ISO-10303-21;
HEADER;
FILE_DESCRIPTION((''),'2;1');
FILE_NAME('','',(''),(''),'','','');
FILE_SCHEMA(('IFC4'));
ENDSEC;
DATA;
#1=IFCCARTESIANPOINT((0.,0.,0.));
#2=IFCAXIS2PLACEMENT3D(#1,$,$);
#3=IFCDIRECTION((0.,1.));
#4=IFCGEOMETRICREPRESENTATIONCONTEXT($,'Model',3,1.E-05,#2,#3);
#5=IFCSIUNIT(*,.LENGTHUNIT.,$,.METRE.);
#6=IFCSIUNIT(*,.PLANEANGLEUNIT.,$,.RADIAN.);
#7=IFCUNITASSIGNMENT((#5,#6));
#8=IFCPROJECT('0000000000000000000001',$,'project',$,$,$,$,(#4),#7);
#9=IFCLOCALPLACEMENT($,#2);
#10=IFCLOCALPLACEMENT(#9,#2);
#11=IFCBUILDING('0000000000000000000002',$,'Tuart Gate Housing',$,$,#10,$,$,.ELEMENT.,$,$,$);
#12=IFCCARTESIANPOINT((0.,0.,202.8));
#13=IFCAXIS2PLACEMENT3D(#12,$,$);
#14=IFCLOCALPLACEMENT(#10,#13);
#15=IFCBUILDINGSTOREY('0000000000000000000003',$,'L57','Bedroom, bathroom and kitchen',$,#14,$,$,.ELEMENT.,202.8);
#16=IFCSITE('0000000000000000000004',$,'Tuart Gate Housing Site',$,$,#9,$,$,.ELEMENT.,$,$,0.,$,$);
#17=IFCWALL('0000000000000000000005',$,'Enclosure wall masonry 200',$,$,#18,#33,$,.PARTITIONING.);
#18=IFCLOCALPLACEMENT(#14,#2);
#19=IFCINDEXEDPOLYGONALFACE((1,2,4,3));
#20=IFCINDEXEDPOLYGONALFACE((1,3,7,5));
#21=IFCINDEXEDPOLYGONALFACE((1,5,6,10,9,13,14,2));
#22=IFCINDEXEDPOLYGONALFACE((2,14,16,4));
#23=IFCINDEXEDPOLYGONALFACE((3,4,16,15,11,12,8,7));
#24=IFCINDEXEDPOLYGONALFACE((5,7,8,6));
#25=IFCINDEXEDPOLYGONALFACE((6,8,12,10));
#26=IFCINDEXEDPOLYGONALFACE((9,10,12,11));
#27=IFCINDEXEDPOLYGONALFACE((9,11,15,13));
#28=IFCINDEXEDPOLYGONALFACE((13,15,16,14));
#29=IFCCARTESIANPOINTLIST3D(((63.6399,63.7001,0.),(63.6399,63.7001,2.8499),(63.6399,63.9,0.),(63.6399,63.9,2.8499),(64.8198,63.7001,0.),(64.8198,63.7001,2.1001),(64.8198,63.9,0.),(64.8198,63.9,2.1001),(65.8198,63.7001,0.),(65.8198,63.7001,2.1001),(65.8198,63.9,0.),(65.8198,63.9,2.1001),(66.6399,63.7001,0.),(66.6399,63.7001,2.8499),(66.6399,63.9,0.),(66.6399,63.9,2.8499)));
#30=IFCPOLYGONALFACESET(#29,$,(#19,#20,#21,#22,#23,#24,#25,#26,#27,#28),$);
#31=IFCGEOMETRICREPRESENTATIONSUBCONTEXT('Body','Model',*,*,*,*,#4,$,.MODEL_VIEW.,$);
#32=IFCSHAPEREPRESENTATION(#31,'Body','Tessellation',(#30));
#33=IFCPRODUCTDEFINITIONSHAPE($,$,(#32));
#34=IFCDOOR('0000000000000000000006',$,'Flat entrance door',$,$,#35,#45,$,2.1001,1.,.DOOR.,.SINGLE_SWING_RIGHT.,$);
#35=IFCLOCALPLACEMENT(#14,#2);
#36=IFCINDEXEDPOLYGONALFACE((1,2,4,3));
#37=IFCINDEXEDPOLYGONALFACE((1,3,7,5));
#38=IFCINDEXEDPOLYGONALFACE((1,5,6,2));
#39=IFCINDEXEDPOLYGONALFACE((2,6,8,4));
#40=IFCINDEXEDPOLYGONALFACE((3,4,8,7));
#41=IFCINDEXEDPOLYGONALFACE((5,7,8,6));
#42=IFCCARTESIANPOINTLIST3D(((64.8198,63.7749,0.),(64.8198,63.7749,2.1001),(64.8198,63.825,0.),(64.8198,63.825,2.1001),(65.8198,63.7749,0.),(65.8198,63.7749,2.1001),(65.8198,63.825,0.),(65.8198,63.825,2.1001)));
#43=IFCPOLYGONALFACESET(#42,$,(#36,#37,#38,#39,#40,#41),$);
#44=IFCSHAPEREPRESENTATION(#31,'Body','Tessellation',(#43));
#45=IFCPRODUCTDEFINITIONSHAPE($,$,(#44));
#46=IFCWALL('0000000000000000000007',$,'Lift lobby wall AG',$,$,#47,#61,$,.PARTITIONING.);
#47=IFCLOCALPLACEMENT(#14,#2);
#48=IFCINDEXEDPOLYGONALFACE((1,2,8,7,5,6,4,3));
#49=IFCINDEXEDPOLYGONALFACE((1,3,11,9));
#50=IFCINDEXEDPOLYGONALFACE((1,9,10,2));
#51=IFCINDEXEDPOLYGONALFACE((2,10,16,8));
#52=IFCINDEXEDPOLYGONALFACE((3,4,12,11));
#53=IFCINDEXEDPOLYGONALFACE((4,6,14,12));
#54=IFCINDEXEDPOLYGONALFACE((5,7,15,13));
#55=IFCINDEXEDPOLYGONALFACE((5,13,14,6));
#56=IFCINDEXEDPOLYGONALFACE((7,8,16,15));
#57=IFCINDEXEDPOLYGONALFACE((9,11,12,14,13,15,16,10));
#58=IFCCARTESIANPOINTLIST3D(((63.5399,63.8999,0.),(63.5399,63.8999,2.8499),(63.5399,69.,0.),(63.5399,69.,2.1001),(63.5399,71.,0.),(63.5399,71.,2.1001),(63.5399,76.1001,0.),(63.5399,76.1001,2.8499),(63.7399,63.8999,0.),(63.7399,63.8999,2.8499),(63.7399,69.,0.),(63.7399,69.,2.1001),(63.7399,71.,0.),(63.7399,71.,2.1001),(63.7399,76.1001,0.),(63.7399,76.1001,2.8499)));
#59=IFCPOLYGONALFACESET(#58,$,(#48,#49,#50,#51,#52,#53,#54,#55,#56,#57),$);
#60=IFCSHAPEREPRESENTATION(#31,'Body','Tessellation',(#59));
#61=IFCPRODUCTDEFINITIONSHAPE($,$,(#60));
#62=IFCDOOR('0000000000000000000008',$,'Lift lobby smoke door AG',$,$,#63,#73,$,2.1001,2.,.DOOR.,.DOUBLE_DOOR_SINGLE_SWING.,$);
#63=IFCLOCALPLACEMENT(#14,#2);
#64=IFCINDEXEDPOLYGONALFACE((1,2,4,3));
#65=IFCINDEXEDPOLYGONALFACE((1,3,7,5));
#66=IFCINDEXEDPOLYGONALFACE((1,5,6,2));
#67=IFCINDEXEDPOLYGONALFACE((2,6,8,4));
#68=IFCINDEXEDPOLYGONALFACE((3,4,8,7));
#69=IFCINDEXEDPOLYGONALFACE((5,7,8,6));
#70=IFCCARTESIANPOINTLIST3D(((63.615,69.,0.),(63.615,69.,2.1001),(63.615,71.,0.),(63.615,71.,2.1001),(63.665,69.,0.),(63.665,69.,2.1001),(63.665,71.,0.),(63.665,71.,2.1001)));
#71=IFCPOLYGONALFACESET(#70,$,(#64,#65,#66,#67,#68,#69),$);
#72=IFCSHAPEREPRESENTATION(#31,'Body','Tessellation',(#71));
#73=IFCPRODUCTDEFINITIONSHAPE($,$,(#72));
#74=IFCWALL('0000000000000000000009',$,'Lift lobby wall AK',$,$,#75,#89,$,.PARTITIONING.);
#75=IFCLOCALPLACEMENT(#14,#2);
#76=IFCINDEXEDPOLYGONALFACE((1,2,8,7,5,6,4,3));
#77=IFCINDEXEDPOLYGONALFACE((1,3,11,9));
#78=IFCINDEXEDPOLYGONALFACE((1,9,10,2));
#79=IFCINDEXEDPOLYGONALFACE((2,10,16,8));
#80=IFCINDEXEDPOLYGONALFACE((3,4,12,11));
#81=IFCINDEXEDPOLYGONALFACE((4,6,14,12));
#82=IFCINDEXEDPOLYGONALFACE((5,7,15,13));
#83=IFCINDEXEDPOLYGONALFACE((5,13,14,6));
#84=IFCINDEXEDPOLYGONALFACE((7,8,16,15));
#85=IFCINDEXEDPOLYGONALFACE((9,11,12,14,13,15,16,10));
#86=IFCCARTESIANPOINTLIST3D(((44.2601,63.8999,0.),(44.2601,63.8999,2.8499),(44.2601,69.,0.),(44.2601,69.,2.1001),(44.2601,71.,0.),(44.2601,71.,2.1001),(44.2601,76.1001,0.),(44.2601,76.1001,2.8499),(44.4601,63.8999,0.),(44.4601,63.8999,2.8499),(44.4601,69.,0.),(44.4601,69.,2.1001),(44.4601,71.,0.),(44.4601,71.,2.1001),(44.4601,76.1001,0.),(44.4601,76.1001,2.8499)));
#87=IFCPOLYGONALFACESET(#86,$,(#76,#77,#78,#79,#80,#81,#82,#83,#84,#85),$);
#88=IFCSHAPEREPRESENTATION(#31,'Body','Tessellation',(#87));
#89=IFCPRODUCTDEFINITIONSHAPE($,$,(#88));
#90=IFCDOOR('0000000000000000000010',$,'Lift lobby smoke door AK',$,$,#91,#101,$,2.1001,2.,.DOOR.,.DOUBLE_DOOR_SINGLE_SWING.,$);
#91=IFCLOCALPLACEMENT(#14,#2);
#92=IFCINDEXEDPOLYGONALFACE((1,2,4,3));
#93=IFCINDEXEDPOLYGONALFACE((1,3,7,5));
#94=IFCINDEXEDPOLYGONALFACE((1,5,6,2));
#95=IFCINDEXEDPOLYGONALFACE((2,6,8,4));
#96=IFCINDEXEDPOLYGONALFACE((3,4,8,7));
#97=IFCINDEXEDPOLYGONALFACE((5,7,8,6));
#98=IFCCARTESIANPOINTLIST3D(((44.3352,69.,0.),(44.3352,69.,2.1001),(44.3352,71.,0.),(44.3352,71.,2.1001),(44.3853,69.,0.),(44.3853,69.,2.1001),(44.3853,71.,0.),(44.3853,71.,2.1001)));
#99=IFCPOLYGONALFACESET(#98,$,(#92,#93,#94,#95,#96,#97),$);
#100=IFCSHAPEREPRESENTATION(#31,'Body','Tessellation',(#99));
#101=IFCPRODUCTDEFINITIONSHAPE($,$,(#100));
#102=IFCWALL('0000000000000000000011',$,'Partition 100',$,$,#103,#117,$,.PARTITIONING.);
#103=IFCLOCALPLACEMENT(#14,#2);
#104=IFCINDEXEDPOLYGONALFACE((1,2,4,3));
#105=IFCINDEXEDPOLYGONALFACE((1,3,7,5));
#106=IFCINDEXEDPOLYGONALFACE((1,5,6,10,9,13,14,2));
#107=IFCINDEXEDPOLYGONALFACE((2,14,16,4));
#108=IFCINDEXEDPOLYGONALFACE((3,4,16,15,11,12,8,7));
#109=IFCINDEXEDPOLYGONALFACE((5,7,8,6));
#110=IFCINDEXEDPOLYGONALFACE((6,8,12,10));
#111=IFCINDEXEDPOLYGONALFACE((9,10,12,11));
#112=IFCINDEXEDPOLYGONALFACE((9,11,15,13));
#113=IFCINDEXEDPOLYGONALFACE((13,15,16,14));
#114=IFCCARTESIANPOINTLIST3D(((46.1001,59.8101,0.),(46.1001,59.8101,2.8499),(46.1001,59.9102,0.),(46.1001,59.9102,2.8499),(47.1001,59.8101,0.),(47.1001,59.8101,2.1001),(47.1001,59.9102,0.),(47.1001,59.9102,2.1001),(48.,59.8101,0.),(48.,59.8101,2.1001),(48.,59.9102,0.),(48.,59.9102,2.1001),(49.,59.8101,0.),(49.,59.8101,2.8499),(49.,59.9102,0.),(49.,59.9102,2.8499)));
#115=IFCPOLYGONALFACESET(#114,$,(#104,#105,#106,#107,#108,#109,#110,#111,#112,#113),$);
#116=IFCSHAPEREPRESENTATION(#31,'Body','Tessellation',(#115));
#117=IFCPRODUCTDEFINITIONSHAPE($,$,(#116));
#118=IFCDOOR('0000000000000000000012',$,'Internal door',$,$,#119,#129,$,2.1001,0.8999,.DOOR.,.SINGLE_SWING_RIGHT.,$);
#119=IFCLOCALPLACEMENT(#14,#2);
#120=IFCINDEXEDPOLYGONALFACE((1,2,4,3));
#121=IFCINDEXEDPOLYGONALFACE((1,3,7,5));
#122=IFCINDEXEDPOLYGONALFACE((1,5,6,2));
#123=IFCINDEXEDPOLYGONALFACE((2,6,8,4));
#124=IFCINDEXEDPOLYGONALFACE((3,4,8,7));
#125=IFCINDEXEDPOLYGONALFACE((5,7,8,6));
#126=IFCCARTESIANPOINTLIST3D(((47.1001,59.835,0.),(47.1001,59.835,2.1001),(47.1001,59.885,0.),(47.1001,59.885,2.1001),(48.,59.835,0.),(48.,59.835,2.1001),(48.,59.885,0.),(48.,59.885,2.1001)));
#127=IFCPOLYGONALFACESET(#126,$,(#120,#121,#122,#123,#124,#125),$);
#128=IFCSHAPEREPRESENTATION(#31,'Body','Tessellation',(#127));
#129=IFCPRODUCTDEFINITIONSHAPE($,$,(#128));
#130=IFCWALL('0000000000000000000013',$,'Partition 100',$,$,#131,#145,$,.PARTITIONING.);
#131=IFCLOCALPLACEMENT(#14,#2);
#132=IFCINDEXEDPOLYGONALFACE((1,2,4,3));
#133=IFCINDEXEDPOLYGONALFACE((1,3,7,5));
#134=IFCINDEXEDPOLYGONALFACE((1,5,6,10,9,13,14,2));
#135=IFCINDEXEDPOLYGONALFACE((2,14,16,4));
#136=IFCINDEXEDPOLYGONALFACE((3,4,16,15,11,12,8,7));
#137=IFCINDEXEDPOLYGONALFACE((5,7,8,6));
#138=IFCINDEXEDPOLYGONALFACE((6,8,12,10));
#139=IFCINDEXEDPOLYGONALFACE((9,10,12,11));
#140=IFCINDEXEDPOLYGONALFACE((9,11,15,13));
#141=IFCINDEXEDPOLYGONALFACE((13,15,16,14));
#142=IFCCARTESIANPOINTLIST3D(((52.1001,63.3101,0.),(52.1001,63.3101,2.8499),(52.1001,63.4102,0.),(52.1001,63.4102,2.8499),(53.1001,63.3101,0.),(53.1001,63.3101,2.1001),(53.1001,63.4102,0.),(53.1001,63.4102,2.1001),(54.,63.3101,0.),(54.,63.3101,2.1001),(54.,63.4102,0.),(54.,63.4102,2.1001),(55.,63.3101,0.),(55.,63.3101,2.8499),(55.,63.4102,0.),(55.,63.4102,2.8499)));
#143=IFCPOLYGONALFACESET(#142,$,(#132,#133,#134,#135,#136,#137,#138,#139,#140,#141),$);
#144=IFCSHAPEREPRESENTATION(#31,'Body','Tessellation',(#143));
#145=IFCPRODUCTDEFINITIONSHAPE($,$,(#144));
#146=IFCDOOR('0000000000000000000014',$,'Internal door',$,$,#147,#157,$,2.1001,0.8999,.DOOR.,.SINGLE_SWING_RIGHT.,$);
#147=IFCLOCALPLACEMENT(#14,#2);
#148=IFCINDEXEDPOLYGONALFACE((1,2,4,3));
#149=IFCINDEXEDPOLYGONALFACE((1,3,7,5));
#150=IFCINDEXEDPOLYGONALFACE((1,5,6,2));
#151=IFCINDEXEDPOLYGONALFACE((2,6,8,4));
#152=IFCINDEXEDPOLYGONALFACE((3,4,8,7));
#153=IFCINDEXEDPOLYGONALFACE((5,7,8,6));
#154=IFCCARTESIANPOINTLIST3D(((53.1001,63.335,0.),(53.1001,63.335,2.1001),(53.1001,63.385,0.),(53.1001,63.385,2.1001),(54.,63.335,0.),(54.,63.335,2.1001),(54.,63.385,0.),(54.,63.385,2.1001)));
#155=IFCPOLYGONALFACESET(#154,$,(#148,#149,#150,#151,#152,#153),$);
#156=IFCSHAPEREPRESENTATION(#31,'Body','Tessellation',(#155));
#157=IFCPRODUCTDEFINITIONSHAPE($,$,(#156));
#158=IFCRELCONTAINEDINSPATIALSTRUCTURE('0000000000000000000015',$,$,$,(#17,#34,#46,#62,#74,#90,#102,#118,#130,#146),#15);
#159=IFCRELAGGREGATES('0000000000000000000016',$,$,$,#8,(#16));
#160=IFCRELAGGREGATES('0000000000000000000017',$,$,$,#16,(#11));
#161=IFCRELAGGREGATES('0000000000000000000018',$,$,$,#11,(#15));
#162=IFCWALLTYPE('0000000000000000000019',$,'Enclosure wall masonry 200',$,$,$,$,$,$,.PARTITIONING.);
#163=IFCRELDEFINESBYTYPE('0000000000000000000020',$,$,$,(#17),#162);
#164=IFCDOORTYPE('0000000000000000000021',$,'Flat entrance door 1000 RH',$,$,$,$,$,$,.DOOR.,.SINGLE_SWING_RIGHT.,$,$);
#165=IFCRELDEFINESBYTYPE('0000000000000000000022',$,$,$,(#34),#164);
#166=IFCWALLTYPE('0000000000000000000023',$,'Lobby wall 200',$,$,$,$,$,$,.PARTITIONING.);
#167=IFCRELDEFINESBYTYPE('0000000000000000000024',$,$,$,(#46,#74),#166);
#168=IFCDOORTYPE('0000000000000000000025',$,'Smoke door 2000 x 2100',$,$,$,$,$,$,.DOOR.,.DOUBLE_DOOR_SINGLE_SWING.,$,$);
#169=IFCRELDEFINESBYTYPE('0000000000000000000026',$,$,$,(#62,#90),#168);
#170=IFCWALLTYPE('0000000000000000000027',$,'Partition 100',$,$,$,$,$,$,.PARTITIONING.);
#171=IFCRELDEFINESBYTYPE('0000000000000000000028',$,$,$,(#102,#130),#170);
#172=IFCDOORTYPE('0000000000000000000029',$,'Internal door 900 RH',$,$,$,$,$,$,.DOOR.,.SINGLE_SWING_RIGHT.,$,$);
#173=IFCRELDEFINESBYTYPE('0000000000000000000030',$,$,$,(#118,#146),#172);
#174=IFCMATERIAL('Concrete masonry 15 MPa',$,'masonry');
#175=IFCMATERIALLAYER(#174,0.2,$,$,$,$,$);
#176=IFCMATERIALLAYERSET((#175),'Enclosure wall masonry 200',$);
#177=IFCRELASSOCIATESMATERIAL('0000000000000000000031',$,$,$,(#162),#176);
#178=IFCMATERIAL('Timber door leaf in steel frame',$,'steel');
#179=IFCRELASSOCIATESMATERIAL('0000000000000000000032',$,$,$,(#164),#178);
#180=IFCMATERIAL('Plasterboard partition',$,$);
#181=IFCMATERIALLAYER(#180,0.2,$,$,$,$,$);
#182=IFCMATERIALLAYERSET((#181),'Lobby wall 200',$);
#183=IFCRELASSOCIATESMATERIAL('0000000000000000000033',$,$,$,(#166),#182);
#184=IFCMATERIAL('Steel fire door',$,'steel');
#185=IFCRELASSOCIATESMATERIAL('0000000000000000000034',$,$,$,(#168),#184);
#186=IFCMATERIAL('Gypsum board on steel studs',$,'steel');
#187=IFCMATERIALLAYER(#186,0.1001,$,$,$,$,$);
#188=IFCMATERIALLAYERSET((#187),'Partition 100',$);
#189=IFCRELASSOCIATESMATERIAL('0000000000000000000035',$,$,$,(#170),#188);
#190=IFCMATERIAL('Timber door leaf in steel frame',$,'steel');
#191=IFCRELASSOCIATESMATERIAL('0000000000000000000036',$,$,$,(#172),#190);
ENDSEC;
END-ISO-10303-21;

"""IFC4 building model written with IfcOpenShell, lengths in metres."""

from ifc_helpers import new_model, si_unit, direction, frame, frame_2d, origin, place, context, subcontext, project, spatial, rectangle, extrude, material, layer, layer_set, type_object, element, fill, save


model = new_model("IFC4")

# Units and contexts
model_context = context("Model", 3, precision=1e-05, world=origin(), true_north=direction((0.0, 1.0)))
body_context = subcontext(model_context, "Body", "Model", "MODEL_VIEW")
ifc_project = project(units=[si_unit("LENGTHUNIT", "METRE"), si_unit("PLANEANGLEUNIT", "RADIAN")], contexts=[model_context])

# Site, building, storey
site_placement = place(None, origin())
site = spatial("IfcSite", under=ifc_project, at=site_placement, Name="Tuart Gate Housing Site", CompositionType="ELEMENT", RefElevation=0.0)
building_placement = place(site_placement, origin())
building = spatial("IfcBuilding", under=site, at=building_placement, Name="Tuart Gate Housing", CompositionType="ELEMENT")
storey_placement = place(building_placement, frame((0.0, 0.0, 202.8)))
storey = spatial("IfcBuildingStorey", under=building, at=storey_placement, Name="L57", Description="Bedroom, bathroom and kitchen", CompositionType="ELEMENT", Elevation=202.8)

# Walls, openings, doors
ifc_material_1 = material(Name="Concrete masonry 15 MPa", Category="masonry")
ifc_layer_1 = layer(ifc_material_1, 0.2)
ifc_layer_set_1 = layer_set([ifc_layer_1], Name="Enclosure wall masonry 200")
wall_type_1 = type_object("IfcWallType", Name="Enclosure wall masonry 200", PredefinedType="PARTITIONING", material=ifc_layer_set_1)
wall_1_placement = place(storey_placement, frame((63.6399, 63.8, 0.0), z_axis=(0.0, 0.0, 1.0), x_axis=(1.0, 0.0, 0.0)))
wall_1 = element("IfcWall", 1, at=wall_1_placement, inside=storey, type_object=wall_type_1, Name="Enclosure wall masonry 200", PredefinedType="PARTITIONING", context=body_context, shape_type="SweptSolid", body=[
    extrude(rectangle(XDim=3.0, YDim=0.2, at=frame_2d((1.5, 0.0))), origin(), (0.0, 0.0, 1.0), 2.8499),
])
opening_1_placement = place(wall_1_placement, frame((1.1799, 0.0, 0.0)))
opening_1 = element("IfcOpeningElement", 2, at=opening_1_placement, cuts=wall_1, PredefinedType="OPENING", context=body_context, shape_type="SweptSolid", body=[
    extrude(rectangle(XDim=1.0, YDim=2.1001, at=frame_2d((0.5, 1.05))), frame((0.0, 0.1099, 0.0), z_axis=(0.0, -1.0, 0.0), x_axis=(1.0, 0.0, 0.0)), (0.0, 0.0, 1.0), 0.22),
])
ifc_material_2 = material(Name="Timber door leaf in steel frame", Category="steel")
door_type_1 = type_object("IfcDoorType", Name="Flat entrance door 1000 RH", OperationType="SINGLE_SWING_RIGHT", PredefinedType="DOOR", material=ifc_material_2)
door_1_placement = place(opening_1_placement, frame((1.0, 0.0, 0.0), z_axis=(0.0, 0.0, 1.0), x_axis=(-1.0, 0.0, 0.0)))
door_1 = element("IfcDoor", 3, at=door_1_placement, inside=storey, type_object=door_type_1, Name="Flat entrance door", OperationType="SINGLE_SWING_RIGHT", OverallHeight=2.1001, OverallWidth=1.0, PredefinedType="DOOR", context=body_context, shape_type="SweptSolid", body=[
    extrude(rectangle(XDim=1.0, YDim=2.1001, at=frame_2d((0.5, 1.05))), frame((0.0, 0.0251, 0.0), z_axis=(0.0, -1.0, 0.0), x_axis=(1.0, 0.0, 0.0)), (0.0, 0.0, 1.0), 0.05),
])
fill(opening_1, door_1)
ifc_material_3 = material(Name="Plasterboard partition")
ifc_layer_2 = layer(ifc_material_3, 0.2)
ifc_layer_set_2 = layer_set([ifc_layer_2], Name="Lobby wall 200")
wall_type_2 = type_object("IfcWallType", Name="Lobby wall 200", PredefinedType="PARTITIONING", material=ifc_layer_set_2)
wall_2_placement = place(storey_placement, frame((63.6399, 63.8999, 0.0), z_axis=(0.0, 0.0, 1.0), x_axis=(0.0, 1.0, 0.0)))
wall_2 = element("IfcWall", 4, at=wall_2_placement, inside=storey, type_object=wall_type_2, Name="Lift lobby wall AG", PredefinedType="PARTITIONING", context=body_context, shape_type="SweptSolid", body=[
    extrude(rectangle(XDim=12.2002, YDim=0.2, at=frame_2d((6.1001, 0.0))), origin(), (0.0, 0.0, 1.0), 2.8499),
])
opening_2_placement = place(wall_2_placement, frame((5.1001, 0.0, 0.0)))
opening_2 = element("IfcOpeningElement", 5, at=opening_2_placement, cuts=wall_2, PredefinedType="OPENING", context=body_context, shape_type="SweptSolid", body=[
    extrude(rectangle(XDim=2.0, YDim=2.1001, at=frame_2d((1.0, 1.05))), frame((0.0, 0.1099, 0.0), z_axis=(0.0, -1.0, 0.0), x_axis=(1.0, 0.0, 0.0)), (0.0, 0.0, 1.0), 0.22),
])
ifc_material_4 = material(Name="Steel fire door", Category="steel")
door_type_2 = type_object("IfcDoorType", Name="Smoke door 2000 x 2100", OperationType="DOUBLE_DOOR_SINGLE_SWING", PredefinedType="DOOR", material=ifc_material_4)
door_2_placement = place(opening_2_placement, frame((2.0, 0.0, 0.0), z_axis=(0.0, 0.0, 1.0), x_axis=(-1.0, 0.0, 0.0)))
door_2 = element("IfcDoor", 6, at=door_2_placement, inside=storey, type_object=door_type_2, Name="Lift lobby smoke door AG", OperationType="DOUBLE_DOOR_SINGLE_SWING", OverallHeight=2.1001, OverallWidth=2.0, PredefinedType="DOOR", context=body_context, shape_type="SweptSolid", body=[
    extrude(rectangle(XDim=2.0, YDim=2.1001, at=frame_2d((1.0, 1.05))), frame((0.0, 0.0251, 0.0), z_axis=(0.0, -1.0, 0.0), x_axis=(1.0, 0.0, 0.0)), (0.0, 0.0, 1.0), 0.05),
])
fill(opening_2, door_2)
wall_3_placement = place(storey_placement, frame((44.3601, 63.8999, 0.0), z_axis=(0.0, 0.0, 1.0), x_axis=(0.0, 1.0, 0.0)))
wall_3 = element("IfcWall", 7, at=wall_3_placement, inside=storey, type_object=wall_type_2, Name="Lift lobby wall AK", PredefinedType="PARTITIONING", context=body_context, shape_type="SweptSolid", body=[
    extrude(rectangle(XDim=12.2002, YDim=0.2, at=frame_2d((6.1001, 0.0))), origin(), (0.0, 0.0, 1.0), 2.8499),
])
opening_3_placement = place(wall_3_placement, frame((5.1001, 0.0, 0.0)))
opening_3 = element("IfcOpeningElement", 8, at=opening_3_placement, cuts=wall_3, PredefinedType="OPENING", context=body_context, shape_type="SweptSolid", body=[
    extrude(rectangle(XDim=2.0, YDim=2.1001, at=frame_2d((1.0, 1.05))), frame((0.0, 0.1099, 0.0), z_axis=(0.0, -1.0, 0.0), x_axis=(1.0, 0.0, 0.0)), (0.0, 0.0, 1.0), 0.22),
])
door_3_placement = place(opening_3_placement, origin())
door_3 = element("IfcDoor", 9, at=door_3_placement, inside=storey, type_object=door_type_2, Name="Lift lobby smoke door AK", OperationType="DOUBLE_DOOR_SINGLE_SWING", OverallHeight=2.1001, OverallWidth=2.0, PredefinedType="DOOR", context=body_context, shape_type="SweptSolid", body=[
    extrude(rectangle(XDim=2.0, YDim=2.1001, at=frame_2d((1.0, 1.05))), frame((0.0, 0.0249, 0.0), z_axis=(0.0, -1.0, 0.0), x_axis=(1.0, 0.0, 0.0)), (0.0, 0.0, 1.0), 0.05),
])
fill(opening_3, door_3)
ifc_material_5 = material(Name="Gypsum board on steel studs", Category="steel")
ifc_layer_3 = layer(ifc_material_5, 0.1001)
ifc_layer_set_3 = layer_set([ifc_layer_3], Name="Partition 100")
wall_type_3 = type_object("IfcWallType", Name="Partition 100", PredefinedType="PARTITIONING", material=ifc_layer_set_3)
wall_4_placement = place(storey_placement, frame((46.1001, 59.8601, 0.0), z_axis=(0.0, 0.0, 1.0), x_axis=(1.0, 0.0, 0.0)))
wall_4 = element("IfcWall", 10, at=wall_4_placement, inside=storey, type_object=wall_type_3, Name="Partition 100", PredefinedType="PARTITIONING", context=body_context, shape_type="SweptSolid", body=[
    extrude(rectangle(XDim=2.8999, YDim=0.1001, at=frame_2d((1.45, 0.0))), origin(), (0.0, 0.0, 1.0), 2.8499),
])
opening_4_placement = place(wall_4_placement, frame((1.0, 0.0, 0.0)))
opening_4 = element("IfcOpeningElement", 11, at=opening_4_placement, cuts=wall_4, PredefinedType="OPENING", context=body_context, shape_type="SweptSolid", body=[
    extrude(rectangle(XDim=0.8999, YDim=2.1001, at=frame_2d((0.45, 1.05))), frame((0.0, 0.0601, 0.0), z_axis=(0.0, -1.0, 0.0), x_axis=(1.0, 0.0, 0.0)), (0.0, 0.0, 1.0), 0.1201),
])
ifc_material_6 = material(Name="Timber door leaf in steel frame", Category="steel")
door_type_3 = type_object("IfcDoorType", Name="Internal door 900 RH", OperationType="SINGLE_SWING_RIGHT", PredefinedType="DOOR", material=ifc_material_6)
door_4_placement = place(opening_4_placement, origin())
door_4 = element("IfcDoor", 12, at=door_4_placement, inside=storey, type_object=door_type_3, Name="Internal door", OperationType="SINGLE_SWING_RIGHT", OverallHeight=2.1001, OverallWidth=0.8999, PredefinedType="DOOR", context=body_context, shape_type="SweptSolid", body=[
    extrude(rectangle(XDim=0.8999, YDim=2.1001, at=frame_2d((0.45, 1.05))), frame((0.0, 0.0249, 0.0), z_axis=(0.0, -1.0, 0.0), x_axis=(1.0, 0.0, 0.0)), (0.0, 0.0, 1.0), 0.05),
])
fill(opening_4, door_4)
wall_5_placement = place(storey_placement, frame((52.1001, 63.3601, 0.0), z_axis=(0.0, 0.0, 1.0), x_axis=(1.0, 0.0, 0.0)))
wall_5 = element("IfcWall", 13, at=wall_5_placement, inside=storey, type_object=wall_type_3, Name="Partition 100", PredefinedType="PARTITIONING", context=body_context, shape_type="SweptSolid", body=[
    extrude(rectangle(XDim=2.8999, YDim=0.1001, at=frame_2d((1.45, 0.0))), origin(), (0.0, 0.0, 1.0), 2.8499),
])
opening_5_placement = place(wall_5_placement, frame((1.0, 0.0, 0.0)))
opening_5 = element("IfcOpeningElement", 14, at=opening_5_placement, cuts=wall_5, PredefinedType="OPENING", context=body_context, shape_type="SweptSolid", body=[
    extrude(rectangle(XDim=0.8999, YDim=2.1001, at=frame_2d((0.45, 1.05))), frame((0.0, 0.0601, 0.0), z_axis=(0.0, -1.0, 0.0), x_axis=(1.0, 0.0, 0.0)), (0.0, 0.0, 1.0), 0.1201),
])
door_5_placement = place(opening_5_placement, origin())
door_5 = element("IfcDoor", 15, at=door_5_placement, inside=storey, type_object=door_type_3, Name="Internal door", OperationType="SINGLE_SWING_RIGHT", OverallHeight=2.1001, OverallWidth=0.8999, PredefinedType="DOOR", context=body_context, shape_type="SweptSolid", body=[
    extrude(rectangle(XDim=0.8999, YDim=2.1001, at=frame_2d((0.45, 1.05))), frame((0.0, 0.0249, 0.0), z_axis=(0.0, -1.0, 0.0), x_axis=(1.0, 0.0, 0.0)), (0.0, 0.0, 1.0), 0.05),
])
fill(opening_5, door_5)

save(model, "model.ifc")
